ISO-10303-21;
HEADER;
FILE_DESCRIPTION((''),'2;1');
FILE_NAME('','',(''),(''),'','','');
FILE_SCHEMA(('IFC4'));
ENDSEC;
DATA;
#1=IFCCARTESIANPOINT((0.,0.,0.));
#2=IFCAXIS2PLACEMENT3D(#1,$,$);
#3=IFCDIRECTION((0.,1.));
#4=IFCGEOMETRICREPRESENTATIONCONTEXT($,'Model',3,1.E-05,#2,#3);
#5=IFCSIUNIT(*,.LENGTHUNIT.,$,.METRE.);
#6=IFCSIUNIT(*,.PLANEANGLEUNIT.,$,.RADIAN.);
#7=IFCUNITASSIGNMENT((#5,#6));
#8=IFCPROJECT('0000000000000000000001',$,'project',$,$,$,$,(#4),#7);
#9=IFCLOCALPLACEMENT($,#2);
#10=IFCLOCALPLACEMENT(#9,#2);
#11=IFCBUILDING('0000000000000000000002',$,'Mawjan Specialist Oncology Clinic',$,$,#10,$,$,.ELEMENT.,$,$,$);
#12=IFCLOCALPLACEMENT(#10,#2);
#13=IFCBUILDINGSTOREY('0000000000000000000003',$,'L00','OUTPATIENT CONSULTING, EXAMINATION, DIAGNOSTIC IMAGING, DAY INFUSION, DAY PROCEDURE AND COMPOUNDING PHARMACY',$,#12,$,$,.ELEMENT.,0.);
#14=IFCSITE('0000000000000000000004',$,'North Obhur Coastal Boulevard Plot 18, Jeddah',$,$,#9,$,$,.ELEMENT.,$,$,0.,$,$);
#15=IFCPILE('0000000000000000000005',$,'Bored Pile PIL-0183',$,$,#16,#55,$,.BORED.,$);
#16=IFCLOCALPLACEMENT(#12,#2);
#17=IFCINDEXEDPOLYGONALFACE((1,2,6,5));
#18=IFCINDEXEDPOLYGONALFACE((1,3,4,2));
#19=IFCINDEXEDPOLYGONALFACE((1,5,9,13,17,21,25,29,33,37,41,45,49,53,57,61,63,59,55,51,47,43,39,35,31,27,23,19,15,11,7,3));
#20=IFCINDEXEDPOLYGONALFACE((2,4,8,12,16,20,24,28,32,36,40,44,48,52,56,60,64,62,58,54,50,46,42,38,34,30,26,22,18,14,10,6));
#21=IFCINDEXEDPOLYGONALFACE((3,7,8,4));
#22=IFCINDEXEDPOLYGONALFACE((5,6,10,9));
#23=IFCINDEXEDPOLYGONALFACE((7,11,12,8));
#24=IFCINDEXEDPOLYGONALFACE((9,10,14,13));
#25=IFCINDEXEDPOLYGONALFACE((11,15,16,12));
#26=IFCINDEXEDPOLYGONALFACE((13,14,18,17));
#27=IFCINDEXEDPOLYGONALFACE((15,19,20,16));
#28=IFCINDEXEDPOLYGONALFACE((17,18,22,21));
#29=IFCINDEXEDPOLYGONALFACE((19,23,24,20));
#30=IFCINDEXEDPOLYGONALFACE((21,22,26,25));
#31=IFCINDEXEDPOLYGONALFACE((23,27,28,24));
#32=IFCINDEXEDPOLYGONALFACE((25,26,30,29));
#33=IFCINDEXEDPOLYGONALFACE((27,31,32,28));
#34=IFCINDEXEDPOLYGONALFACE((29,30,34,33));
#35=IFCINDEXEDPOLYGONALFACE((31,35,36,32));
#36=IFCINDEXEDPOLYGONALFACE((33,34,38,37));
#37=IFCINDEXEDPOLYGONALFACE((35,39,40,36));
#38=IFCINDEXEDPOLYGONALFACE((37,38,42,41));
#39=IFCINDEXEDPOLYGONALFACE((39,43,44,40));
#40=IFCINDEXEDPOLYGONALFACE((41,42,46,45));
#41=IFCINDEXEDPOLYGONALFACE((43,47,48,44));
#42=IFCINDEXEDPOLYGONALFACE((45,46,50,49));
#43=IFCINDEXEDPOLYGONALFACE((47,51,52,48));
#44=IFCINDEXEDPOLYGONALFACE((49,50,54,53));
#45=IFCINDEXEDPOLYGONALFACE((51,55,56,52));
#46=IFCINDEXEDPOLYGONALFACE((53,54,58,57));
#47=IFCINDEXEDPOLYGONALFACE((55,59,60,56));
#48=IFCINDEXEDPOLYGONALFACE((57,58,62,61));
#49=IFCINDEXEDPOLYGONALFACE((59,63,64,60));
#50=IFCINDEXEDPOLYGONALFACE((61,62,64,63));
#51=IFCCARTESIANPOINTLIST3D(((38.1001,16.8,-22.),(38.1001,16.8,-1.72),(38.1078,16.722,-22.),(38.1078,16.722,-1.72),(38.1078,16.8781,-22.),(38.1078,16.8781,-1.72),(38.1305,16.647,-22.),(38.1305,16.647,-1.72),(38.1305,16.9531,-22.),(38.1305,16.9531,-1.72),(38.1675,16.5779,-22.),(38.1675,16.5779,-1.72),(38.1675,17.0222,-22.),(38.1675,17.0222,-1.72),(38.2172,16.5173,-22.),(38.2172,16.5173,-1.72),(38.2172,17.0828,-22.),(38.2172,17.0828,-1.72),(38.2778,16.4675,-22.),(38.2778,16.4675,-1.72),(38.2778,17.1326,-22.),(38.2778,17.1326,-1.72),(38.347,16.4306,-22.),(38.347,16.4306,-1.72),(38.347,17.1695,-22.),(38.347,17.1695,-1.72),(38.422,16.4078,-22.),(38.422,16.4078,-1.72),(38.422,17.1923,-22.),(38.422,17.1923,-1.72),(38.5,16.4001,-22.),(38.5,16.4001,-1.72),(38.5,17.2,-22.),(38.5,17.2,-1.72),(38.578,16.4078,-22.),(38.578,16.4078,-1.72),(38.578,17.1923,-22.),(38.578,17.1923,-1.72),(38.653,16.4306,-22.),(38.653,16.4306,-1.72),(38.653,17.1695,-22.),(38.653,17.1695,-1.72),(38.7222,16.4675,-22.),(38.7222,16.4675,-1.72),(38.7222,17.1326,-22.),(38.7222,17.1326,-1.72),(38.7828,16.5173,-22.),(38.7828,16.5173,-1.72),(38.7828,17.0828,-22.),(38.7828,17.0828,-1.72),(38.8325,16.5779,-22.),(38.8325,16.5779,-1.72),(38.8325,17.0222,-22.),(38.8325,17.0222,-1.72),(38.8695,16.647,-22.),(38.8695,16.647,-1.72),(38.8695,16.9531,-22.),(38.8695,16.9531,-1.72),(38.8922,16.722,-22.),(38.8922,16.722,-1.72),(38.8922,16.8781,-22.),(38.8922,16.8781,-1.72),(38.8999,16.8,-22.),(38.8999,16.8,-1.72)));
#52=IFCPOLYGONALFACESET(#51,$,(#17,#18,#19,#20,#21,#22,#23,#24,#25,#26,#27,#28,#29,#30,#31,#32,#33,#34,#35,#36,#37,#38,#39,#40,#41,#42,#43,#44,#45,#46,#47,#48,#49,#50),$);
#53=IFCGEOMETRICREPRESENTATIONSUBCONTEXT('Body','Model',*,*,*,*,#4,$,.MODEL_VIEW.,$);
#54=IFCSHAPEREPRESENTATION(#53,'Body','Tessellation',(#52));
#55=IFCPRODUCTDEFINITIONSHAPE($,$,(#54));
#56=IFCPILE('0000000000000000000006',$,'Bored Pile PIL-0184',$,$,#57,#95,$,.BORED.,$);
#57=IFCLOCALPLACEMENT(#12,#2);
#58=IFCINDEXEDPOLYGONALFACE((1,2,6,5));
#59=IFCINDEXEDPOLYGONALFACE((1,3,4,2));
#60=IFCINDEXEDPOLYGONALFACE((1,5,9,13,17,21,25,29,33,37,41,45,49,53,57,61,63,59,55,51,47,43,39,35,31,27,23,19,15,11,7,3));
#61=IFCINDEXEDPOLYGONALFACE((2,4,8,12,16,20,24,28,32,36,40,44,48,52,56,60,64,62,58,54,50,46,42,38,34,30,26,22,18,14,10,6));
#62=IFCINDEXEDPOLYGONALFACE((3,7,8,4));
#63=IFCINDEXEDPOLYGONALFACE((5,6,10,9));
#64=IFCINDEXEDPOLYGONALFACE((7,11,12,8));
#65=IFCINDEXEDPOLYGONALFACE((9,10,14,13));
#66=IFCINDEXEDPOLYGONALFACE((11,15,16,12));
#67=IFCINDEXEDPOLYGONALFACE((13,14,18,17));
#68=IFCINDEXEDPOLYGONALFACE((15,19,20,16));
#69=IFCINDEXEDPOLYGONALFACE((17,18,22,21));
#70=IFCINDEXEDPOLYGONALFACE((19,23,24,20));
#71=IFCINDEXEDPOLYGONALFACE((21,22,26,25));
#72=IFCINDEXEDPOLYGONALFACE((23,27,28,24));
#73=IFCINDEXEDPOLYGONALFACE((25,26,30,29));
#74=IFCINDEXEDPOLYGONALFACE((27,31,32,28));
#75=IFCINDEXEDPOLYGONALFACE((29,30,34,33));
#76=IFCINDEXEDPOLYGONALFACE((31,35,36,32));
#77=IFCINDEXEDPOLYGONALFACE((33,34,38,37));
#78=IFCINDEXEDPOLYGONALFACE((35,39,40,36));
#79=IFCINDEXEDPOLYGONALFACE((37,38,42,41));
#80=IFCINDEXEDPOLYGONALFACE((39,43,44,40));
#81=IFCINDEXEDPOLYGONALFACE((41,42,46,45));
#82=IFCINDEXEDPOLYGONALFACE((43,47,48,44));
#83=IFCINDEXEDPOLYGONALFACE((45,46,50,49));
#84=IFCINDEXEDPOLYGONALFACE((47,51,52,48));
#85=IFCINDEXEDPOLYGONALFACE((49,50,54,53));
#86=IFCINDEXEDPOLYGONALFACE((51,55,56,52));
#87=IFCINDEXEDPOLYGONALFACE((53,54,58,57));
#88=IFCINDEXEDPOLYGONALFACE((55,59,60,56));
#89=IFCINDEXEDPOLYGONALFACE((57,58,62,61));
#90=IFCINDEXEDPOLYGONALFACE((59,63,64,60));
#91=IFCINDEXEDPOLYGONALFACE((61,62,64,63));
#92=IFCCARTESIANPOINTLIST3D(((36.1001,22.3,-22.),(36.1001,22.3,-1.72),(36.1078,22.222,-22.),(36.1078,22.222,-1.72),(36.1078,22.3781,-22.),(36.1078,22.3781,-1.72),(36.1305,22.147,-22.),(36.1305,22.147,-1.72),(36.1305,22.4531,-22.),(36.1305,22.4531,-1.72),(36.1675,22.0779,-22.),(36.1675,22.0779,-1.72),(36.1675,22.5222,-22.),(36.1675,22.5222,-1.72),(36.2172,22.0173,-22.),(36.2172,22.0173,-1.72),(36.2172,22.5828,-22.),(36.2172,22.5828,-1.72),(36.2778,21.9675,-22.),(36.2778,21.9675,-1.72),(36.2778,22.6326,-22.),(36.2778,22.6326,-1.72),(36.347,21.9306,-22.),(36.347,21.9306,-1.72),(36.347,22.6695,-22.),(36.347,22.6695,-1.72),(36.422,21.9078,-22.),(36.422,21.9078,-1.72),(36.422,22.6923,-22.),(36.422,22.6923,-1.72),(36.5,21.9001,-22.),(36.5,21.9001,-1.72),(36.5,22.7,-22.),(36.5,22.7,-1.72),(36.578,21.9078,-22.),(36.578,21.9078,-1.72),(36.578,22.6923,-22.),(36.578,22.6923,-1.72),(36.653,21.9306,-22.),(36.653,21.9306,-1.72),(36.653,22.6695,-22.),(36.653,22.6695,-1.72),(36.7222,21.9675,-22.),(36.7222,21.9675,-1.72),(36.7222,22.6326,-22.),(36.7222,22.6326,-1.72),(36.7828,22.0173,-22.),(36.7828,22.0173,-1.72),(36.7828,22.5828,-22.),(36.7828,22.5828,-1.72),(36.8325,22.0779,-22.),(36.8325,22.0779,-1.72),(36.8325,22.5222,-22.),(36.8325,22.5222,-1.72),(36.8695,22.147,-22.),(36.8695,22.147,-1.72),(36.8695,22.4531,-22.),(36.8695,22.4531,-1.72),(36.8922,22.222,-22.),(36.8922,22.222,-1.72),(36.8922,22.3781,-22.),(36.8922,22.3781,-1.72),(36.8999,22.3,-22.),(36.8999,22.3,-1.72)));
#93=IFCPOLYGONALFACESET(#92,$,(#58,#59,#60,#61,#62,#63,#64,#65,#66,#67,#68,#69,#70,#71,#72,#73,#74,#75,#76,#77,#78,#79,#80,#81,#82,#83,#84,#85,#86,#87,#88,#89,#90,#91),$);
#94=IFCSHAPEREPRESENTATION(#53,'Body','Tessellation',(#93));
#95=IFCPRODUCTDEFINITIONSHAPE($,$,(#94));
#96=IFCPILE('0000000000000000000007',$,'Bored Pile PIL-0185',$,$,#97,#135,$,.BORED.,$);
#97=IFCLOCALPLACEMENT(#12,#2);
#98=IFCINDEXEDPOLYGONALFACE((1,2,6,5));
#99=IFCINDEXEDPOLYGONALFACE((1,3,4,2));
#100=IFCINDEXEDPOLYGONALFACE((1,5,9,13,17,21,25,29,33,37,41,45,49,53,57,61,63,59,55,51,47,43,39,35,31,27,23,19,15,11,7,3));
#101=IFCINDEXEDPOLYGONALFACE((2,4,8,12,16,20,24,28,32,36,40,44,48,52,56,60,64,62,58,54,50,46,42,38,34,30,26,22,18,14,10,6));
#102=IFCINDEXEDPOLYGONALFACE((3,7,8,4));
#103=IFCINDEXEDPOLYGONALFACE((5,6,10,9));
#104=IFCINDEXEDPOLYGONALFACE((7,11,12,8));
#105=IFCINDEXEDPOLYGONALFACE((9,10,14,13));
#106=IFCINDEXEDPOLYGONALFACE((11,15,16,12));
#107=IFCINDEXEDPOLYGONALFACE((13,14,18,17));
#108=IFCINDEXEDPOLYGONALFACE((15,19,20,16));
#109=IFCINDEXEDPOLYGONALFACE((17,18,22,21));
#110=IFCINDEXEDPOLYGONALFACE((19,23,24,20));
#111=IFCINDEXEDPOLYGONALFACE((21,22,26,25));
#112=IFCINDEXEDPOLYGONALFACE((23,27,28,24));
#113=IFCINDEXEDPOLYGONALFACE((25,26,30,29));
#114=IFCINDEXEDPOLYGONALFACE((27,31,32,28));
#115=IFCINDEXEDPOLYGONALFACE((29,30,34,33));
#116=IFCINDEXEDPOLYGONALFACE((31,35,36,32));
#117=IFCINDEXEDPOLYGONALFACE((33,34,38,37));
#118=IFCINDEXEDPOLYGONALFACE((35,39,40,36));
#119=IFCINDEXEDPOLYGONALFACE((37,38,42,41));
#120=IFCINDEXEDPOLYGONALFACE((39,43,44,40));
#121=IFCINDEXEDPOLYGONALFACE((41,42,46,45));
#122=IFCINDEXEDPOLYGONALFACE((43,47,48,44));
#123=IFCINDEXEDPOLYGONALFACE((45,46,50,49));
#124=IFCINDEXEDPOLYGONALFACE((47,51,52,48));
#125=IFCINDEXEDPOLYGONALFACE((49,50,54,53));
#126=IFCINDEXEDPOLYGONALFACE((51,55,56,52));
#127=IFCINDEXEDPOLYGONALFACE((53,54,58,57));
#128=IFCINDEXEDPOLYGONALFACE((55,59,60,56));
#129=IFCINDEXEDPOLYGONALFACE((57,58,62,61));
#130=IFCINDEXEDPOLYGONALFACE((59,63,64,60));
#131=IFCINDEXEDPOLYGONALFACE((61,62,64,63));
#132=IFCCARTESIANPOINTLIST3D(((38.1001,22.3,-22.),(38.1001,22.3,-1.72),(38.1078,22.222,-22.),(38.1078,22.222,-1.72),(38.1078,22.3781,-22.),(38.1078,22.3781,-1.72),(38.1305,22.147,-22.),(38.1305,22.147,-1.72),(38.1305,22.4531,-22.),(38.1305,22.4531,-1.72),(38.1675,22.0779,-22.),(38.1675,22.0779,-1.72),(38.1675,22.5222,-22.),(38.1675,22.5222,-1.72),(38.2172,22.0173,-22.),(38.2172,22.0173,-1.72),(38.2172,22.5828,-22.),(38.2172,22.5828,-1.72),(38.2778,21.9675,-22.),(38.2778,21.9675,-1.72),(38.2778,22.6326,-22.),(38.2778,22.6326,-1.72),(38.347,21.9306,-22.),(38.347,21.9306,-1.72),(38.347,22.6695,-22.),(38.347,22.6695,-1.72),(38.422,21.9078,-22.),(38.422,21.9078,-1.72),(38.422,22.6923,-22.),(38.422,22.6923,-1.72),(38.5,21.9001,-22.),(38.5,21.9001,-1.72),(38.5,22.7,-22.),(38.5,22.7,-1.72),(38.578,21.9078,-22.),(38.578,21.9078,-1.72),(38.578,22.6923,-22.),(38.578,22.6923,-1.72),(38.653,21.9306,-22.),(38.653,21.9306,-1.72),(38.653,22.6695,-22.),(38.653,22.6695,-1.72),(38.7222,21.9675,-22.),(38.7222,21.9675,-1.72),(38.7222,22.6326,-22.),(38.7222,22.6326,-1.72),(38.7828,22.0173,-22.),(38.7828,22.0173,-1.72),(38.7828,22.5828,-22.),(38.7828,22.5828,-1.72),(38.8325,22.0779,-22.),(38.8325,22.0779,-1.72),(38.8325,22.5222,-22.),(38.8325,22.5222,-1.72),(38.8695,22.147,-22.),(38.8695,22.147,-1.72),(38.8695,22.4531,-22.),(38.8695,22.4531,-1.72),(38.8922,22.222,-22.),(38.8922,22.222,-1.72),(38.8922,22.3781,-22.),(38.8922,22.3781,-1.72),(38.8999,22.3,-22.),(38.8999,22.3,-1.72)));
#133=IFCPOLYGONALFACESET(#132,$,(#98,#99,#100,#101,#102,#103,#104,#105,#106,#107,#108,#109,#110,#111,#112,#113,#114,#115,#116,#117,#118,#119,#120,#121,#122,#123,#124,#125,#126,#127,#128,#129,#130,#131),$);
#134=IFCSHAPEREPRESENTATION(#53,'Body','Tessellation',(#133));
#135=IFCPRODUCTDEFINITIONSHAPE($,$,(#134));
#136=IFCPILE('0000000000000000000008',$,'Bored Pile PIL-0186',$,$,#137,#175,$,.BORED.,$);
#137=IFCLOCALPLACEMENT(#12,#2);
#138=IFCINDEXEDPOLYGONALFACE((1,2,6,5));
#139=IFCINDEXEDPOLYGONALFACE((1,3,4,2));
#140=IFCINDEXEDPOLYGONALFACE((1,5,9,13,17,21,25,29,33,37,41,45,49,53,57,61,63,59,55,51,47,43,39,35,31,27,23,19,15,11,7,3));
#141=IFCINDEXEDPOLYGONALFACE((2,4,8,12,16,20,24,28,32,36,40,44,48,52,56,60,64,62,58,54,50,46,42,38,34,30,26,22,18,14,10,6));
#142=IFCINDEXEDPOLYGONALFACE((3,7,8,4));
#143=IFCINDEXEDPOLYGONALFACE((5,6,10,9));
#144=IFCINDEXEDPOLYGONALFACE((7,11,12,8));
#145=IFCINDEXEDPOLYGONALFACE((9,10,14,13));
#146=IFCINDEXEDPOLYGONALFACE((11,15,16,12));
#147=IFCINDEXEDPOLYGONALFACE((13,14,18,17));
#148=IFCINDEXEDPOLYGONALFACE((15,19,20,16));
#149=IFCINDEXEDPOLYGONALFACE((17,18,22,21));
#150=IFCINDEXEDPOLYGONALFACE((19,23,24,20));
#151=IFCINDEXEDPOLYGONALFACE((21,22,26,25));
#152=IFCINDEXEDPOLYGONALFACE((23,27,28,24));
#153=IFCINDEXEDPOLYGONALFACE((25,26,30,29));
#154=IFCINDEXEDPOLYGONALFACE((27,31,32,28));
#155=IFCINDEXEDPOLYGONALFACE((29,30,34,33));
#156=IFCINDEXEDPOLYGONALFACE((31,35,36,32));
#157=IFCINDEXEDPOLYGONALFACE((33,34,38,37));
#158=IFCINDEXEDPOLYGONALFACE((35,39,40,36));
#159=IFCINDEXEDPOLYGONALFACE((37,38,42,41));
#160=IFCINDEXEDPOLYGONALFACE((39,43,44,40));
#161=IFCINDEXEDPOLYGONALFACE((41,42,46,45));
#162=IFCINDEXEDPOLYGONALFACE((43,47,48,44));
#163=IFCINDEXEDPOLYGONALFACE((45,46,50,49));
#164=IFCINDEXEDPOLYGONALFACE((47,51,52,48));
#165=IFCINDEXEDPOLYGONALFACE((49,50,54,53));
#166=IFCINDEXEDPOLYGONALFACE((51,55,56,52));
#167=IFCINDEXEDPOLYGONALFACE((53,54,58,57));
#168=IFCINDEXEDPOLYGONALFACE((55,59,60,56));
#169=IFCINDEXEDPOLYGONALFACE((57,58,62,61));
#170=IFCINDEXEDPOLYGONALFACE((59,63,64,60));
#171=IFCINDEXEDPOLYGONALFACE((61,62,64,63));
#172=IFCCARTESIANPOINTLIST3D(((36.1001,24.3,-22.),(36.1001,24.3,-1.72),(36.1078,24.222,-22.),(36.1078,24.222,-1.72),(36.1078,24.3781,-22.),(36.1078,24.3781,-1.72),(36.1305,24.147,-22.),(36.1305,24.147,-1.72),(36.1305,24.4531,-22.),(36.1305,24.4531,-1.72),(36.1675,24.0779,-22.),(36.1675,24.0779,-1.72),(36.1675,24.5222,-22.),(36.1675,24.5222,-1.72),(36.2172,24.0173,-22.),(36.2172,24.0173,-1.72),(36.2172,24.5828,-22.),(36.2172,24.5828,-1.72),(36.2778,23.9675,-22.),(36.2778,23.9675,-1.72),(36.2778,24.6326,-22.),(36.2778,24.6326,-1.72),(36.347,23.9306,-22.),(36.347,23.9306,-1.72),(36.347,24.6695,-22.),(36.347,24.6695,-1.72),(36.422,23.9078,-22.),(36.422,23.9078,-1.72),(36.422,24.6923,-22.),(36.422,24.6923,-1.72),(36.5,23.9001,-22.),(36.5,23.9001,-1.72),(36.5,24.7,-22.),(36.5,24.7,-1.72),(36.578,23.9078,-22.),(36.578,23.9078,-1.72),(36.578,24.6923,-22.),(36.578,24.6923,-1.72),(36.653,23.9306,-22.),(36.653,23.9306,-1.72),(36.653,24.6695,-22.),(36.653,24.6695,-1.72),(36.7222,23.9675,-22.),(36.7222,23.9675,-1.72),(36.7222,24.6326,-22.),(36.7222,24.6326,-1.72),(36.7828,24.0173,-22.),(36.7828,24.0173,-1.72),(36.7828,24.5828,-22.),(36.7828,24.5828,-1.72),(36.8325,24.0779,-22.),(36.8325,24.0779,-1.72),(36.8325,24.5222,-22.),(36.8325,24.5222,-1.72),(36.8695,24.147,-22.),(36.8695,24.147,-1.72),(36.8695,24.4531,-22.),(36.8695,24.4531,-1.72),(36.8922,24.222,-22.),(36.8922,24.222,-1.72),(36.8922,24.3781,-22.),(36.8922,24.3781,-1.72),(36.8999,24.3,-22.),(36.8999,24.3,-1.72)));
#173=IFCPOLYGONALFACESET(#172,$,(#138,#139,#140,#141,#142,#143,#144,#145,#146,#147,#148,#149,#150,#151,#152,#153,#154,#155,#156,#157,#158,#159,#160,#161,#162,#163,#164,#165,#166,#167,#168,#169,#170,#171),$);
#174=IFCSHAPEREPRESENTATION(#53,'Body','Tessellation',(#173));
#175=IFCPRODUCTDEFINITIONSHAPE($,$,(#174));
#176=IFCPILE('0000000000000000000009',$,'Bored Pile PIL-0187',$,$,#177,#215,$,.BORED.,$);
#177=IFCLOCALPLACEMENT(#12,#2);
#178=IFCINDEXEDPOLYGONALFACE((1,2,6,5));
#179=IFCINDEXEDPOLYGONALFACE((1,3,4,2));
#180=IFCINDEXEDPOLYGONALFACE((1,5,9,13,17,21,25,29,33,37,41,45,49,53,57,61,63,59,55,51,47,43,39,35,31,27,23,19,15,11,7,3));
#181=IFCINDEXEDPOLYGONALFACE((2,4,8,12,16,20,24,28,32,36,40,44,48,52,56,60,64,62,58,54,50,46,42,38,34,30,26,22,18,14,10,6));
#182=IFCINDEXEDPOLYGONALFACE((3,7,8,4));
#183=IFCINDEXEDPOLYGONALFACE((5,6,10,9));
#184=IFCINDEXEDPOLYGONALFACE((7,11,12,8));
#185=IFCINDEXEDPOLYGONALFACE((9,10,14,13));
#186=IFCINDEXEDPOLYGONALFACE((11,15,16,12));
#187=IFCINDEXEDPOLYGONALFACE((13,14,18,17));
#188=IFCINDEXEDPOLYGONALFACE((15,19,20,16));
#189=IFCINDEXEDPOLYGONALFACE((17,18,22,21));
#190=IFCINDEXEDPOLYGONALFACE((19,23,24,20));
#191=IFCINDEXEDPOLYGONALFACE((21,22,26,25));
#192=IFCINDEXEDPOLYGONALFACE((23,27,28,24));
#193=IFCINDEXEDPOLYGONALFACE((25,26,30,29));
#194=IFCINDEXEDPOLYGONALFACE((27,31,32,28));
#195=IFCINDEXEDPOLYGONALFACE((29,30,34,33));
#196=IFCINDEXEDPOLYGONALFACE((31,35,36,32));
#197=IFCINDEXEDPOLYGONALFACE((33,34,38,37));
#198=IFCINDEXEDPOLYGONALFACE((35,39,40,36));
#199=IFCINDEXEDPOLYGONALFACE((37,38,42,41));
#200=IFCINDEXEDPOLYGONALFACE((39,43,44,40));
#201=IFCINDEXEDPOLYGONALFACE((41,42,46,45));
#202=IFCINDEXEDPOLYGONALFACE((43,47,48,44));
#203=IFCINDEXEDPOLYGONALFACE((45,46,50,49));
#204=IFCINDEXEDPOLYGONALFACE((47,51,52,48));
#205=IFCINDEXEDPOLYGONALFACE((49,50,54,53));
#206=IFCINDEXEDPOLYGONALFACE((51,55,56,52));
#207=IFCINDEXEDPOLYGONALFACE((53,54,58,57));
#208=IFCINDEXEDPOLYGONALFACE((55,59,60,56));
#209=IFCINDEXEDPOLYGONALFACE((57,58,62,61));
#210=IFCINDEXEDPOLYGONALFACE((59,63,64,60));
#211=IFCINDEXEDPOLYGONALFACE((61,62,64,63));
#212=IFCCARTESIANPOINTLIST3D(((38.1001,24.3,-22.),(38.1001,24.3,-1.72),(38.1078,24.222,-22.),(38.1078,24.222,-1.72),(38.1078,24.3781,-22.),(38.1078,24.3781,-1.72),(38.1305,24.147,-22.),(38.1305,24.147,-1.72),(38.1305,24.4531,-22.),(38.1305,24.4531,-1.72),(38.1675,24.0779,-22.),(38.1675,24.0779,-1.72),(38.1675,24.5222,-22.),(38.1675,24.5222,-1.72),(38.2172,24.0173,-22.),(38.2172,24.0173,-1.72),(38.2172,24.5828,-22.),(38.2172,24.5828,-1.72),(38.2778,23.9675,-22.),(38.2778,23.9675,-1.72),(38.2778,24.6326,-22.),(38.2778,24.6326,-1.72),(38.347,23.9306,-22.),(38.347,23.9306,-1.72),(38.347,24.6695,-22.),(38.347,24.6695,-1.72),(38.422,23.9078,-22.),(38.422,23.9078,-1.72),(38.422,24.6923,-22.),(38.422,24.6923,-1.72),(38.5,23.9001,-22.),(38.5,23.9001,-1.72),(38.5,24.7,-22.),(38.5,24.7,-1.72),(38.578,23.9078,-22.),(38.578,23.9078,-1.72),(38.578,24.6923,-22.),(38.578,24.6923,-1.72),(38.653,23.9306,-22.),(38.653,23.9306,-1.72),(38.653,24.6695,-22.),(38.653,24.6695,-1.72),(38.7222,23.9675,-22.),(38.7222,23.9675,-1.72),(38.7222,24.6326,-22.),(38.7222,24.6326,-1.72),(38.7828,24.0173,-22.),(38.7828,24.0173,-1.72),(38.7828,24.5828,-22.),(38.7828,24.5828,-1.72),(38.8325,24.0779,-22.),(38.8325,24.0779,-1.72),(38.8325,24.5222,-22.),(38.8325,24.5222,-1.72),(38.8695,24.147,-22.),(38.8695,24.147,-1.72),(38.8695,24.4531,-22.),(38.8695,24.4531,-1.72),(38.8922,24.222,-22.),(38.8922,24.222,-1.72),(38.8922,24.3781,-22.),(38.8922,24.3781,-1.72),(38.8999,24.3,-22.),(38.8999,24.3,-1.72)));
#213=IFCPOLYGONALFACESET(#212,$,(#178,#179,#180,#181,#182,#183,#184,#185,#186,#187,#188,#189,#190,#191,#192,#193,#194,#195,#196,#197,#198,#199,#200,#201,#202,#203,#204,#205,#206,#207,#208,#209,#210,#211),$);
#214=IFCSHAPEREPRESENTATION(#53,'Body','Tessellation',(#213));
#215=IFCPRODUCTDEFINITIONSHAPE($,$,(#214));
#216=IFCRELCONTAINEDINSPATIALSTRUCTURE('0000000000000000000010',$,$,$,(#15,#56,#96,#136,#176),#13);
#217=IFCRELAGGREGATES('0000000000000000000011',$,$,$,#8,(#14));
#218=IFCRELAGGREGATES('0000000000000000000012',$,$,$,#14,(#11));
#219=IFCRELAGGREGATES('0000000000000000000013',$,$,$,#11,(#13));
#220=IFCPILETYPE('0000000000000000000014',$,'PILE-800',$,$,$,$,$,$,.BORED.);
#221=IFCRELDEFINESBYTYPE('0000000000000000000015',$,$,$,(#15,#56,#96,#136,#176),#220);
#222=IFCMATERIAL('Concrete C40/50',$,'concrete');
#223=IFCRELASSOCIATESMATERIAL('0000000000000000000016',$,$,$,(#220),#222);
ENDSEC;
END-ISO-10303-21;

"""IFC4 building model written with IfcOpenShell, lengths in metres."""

from ifc_helpers import new_model, si_unit, direction, frame, origin, origin_2d, place, context, subcontext, project, spatial, circle, extrude, material, material_profile, profile_set, type_object, element, save


model = new_model("IFC4")

# Units and contexts
model_context = context("Model", 3, precision=1e-05, world=origin(), true_north=direction((0.0, 1.0)))
body_context = subcontext(model_context, "Body", "Model", "MODEL_VIEW")
ifc_project = project(units=[si_unit("LENGTHUNIT", "METRE"), si_unit("PLANEANGLEUNIT", "RADIAN")], contexts=[model_context])

# Site, building, storey
site_placement = place(None, origin())
site = spatial("IfcSite", under=ifc_project, at=site_placement, Name="North Obhur Coastal Boulevard Plot 18, Jeddah", CompositionType="ELEMENT", RefElevation=0.0)
building_placement = place(site_placement, origin())
building = spatial("IfcBuilding", under=site, at=building_placement, Name="Mawjan Specialist Oncology Clinic", CompositionType="ELEMENT")
storey_placement = place(building_placement, origin())
storey = spatial("IfcBuildingStorey", under=building, at=storey_placement, Name="L00", Description="OUTPATIENT CONSULTING, EXAMINATION, DIAGNOSTIC IMAGING, DAY INFUSION, DAY PROCEDURE AND COMPOUNDING PHARMACY", CompositionType="ELEMENT", Elevation=0.0)

# Piles
ifc_material_1 = material(Name="Concrete C40/50", Category="concrete")
ifc_material_profile_1 = material_profile(ifc_material_1, circle(Radius=0.3999, at=origin_2d()), Name="BORED PILE D800", Category="concrete")
ifc_profile_set_1 = profile_set([ifc_material_profile_1], Name="Concrete C40/50")
pile_type_1 = type_object("IfcPileType", Name="PILE-800", PredefinedType="BORED", material=ifc_profile_set_1)
for number, where, z_axis, x_axis, name in (
    (1, (38.5, 16.8, -1.72), (0.0, 0.0, -1.0), (1.0, 0.0, 0.0), "Bored Pile PIL-0183"),
    (2, (36.5, 22.3, -1.72), (0.0, 0.0, -1.0), (1.0, 0.0, 0.0), "Bored Pile PIL-0184"),
    (3, (38.5, 22.3, -1.72), (0.0, 0.0, -1.0), (1.0, 0.0, 0.0), "Bored Pile PIL-0185"),
    (4, (36.5, 24.3, -1.72), (0.0, 0.0, -1.0), (1.0, 0.0, 0.0), "Bored Pile PIL-0186"),
    (5, (38.5, 24.3, -1.72), (0.0, 0.0, -1.0), (1.0, 0.0, 0.0), "Bored Pile PIL-0187"),
):
    element("IfcPile", number, at=place(storey_placement, frame(where, z_axis=z_axis, x_axis=x_axis)), inside=storey, type_object=pile_type_1, Name=name, PredefinedType="BORED", context=body_context, shape_type="SweptSolid", body=[
        extrude(circle(Radius=0.3999, at=origin_2d()), origin(), (0.0, 0.0, 1.0), 20.28),
    ])

save(model, "model.ifc")
